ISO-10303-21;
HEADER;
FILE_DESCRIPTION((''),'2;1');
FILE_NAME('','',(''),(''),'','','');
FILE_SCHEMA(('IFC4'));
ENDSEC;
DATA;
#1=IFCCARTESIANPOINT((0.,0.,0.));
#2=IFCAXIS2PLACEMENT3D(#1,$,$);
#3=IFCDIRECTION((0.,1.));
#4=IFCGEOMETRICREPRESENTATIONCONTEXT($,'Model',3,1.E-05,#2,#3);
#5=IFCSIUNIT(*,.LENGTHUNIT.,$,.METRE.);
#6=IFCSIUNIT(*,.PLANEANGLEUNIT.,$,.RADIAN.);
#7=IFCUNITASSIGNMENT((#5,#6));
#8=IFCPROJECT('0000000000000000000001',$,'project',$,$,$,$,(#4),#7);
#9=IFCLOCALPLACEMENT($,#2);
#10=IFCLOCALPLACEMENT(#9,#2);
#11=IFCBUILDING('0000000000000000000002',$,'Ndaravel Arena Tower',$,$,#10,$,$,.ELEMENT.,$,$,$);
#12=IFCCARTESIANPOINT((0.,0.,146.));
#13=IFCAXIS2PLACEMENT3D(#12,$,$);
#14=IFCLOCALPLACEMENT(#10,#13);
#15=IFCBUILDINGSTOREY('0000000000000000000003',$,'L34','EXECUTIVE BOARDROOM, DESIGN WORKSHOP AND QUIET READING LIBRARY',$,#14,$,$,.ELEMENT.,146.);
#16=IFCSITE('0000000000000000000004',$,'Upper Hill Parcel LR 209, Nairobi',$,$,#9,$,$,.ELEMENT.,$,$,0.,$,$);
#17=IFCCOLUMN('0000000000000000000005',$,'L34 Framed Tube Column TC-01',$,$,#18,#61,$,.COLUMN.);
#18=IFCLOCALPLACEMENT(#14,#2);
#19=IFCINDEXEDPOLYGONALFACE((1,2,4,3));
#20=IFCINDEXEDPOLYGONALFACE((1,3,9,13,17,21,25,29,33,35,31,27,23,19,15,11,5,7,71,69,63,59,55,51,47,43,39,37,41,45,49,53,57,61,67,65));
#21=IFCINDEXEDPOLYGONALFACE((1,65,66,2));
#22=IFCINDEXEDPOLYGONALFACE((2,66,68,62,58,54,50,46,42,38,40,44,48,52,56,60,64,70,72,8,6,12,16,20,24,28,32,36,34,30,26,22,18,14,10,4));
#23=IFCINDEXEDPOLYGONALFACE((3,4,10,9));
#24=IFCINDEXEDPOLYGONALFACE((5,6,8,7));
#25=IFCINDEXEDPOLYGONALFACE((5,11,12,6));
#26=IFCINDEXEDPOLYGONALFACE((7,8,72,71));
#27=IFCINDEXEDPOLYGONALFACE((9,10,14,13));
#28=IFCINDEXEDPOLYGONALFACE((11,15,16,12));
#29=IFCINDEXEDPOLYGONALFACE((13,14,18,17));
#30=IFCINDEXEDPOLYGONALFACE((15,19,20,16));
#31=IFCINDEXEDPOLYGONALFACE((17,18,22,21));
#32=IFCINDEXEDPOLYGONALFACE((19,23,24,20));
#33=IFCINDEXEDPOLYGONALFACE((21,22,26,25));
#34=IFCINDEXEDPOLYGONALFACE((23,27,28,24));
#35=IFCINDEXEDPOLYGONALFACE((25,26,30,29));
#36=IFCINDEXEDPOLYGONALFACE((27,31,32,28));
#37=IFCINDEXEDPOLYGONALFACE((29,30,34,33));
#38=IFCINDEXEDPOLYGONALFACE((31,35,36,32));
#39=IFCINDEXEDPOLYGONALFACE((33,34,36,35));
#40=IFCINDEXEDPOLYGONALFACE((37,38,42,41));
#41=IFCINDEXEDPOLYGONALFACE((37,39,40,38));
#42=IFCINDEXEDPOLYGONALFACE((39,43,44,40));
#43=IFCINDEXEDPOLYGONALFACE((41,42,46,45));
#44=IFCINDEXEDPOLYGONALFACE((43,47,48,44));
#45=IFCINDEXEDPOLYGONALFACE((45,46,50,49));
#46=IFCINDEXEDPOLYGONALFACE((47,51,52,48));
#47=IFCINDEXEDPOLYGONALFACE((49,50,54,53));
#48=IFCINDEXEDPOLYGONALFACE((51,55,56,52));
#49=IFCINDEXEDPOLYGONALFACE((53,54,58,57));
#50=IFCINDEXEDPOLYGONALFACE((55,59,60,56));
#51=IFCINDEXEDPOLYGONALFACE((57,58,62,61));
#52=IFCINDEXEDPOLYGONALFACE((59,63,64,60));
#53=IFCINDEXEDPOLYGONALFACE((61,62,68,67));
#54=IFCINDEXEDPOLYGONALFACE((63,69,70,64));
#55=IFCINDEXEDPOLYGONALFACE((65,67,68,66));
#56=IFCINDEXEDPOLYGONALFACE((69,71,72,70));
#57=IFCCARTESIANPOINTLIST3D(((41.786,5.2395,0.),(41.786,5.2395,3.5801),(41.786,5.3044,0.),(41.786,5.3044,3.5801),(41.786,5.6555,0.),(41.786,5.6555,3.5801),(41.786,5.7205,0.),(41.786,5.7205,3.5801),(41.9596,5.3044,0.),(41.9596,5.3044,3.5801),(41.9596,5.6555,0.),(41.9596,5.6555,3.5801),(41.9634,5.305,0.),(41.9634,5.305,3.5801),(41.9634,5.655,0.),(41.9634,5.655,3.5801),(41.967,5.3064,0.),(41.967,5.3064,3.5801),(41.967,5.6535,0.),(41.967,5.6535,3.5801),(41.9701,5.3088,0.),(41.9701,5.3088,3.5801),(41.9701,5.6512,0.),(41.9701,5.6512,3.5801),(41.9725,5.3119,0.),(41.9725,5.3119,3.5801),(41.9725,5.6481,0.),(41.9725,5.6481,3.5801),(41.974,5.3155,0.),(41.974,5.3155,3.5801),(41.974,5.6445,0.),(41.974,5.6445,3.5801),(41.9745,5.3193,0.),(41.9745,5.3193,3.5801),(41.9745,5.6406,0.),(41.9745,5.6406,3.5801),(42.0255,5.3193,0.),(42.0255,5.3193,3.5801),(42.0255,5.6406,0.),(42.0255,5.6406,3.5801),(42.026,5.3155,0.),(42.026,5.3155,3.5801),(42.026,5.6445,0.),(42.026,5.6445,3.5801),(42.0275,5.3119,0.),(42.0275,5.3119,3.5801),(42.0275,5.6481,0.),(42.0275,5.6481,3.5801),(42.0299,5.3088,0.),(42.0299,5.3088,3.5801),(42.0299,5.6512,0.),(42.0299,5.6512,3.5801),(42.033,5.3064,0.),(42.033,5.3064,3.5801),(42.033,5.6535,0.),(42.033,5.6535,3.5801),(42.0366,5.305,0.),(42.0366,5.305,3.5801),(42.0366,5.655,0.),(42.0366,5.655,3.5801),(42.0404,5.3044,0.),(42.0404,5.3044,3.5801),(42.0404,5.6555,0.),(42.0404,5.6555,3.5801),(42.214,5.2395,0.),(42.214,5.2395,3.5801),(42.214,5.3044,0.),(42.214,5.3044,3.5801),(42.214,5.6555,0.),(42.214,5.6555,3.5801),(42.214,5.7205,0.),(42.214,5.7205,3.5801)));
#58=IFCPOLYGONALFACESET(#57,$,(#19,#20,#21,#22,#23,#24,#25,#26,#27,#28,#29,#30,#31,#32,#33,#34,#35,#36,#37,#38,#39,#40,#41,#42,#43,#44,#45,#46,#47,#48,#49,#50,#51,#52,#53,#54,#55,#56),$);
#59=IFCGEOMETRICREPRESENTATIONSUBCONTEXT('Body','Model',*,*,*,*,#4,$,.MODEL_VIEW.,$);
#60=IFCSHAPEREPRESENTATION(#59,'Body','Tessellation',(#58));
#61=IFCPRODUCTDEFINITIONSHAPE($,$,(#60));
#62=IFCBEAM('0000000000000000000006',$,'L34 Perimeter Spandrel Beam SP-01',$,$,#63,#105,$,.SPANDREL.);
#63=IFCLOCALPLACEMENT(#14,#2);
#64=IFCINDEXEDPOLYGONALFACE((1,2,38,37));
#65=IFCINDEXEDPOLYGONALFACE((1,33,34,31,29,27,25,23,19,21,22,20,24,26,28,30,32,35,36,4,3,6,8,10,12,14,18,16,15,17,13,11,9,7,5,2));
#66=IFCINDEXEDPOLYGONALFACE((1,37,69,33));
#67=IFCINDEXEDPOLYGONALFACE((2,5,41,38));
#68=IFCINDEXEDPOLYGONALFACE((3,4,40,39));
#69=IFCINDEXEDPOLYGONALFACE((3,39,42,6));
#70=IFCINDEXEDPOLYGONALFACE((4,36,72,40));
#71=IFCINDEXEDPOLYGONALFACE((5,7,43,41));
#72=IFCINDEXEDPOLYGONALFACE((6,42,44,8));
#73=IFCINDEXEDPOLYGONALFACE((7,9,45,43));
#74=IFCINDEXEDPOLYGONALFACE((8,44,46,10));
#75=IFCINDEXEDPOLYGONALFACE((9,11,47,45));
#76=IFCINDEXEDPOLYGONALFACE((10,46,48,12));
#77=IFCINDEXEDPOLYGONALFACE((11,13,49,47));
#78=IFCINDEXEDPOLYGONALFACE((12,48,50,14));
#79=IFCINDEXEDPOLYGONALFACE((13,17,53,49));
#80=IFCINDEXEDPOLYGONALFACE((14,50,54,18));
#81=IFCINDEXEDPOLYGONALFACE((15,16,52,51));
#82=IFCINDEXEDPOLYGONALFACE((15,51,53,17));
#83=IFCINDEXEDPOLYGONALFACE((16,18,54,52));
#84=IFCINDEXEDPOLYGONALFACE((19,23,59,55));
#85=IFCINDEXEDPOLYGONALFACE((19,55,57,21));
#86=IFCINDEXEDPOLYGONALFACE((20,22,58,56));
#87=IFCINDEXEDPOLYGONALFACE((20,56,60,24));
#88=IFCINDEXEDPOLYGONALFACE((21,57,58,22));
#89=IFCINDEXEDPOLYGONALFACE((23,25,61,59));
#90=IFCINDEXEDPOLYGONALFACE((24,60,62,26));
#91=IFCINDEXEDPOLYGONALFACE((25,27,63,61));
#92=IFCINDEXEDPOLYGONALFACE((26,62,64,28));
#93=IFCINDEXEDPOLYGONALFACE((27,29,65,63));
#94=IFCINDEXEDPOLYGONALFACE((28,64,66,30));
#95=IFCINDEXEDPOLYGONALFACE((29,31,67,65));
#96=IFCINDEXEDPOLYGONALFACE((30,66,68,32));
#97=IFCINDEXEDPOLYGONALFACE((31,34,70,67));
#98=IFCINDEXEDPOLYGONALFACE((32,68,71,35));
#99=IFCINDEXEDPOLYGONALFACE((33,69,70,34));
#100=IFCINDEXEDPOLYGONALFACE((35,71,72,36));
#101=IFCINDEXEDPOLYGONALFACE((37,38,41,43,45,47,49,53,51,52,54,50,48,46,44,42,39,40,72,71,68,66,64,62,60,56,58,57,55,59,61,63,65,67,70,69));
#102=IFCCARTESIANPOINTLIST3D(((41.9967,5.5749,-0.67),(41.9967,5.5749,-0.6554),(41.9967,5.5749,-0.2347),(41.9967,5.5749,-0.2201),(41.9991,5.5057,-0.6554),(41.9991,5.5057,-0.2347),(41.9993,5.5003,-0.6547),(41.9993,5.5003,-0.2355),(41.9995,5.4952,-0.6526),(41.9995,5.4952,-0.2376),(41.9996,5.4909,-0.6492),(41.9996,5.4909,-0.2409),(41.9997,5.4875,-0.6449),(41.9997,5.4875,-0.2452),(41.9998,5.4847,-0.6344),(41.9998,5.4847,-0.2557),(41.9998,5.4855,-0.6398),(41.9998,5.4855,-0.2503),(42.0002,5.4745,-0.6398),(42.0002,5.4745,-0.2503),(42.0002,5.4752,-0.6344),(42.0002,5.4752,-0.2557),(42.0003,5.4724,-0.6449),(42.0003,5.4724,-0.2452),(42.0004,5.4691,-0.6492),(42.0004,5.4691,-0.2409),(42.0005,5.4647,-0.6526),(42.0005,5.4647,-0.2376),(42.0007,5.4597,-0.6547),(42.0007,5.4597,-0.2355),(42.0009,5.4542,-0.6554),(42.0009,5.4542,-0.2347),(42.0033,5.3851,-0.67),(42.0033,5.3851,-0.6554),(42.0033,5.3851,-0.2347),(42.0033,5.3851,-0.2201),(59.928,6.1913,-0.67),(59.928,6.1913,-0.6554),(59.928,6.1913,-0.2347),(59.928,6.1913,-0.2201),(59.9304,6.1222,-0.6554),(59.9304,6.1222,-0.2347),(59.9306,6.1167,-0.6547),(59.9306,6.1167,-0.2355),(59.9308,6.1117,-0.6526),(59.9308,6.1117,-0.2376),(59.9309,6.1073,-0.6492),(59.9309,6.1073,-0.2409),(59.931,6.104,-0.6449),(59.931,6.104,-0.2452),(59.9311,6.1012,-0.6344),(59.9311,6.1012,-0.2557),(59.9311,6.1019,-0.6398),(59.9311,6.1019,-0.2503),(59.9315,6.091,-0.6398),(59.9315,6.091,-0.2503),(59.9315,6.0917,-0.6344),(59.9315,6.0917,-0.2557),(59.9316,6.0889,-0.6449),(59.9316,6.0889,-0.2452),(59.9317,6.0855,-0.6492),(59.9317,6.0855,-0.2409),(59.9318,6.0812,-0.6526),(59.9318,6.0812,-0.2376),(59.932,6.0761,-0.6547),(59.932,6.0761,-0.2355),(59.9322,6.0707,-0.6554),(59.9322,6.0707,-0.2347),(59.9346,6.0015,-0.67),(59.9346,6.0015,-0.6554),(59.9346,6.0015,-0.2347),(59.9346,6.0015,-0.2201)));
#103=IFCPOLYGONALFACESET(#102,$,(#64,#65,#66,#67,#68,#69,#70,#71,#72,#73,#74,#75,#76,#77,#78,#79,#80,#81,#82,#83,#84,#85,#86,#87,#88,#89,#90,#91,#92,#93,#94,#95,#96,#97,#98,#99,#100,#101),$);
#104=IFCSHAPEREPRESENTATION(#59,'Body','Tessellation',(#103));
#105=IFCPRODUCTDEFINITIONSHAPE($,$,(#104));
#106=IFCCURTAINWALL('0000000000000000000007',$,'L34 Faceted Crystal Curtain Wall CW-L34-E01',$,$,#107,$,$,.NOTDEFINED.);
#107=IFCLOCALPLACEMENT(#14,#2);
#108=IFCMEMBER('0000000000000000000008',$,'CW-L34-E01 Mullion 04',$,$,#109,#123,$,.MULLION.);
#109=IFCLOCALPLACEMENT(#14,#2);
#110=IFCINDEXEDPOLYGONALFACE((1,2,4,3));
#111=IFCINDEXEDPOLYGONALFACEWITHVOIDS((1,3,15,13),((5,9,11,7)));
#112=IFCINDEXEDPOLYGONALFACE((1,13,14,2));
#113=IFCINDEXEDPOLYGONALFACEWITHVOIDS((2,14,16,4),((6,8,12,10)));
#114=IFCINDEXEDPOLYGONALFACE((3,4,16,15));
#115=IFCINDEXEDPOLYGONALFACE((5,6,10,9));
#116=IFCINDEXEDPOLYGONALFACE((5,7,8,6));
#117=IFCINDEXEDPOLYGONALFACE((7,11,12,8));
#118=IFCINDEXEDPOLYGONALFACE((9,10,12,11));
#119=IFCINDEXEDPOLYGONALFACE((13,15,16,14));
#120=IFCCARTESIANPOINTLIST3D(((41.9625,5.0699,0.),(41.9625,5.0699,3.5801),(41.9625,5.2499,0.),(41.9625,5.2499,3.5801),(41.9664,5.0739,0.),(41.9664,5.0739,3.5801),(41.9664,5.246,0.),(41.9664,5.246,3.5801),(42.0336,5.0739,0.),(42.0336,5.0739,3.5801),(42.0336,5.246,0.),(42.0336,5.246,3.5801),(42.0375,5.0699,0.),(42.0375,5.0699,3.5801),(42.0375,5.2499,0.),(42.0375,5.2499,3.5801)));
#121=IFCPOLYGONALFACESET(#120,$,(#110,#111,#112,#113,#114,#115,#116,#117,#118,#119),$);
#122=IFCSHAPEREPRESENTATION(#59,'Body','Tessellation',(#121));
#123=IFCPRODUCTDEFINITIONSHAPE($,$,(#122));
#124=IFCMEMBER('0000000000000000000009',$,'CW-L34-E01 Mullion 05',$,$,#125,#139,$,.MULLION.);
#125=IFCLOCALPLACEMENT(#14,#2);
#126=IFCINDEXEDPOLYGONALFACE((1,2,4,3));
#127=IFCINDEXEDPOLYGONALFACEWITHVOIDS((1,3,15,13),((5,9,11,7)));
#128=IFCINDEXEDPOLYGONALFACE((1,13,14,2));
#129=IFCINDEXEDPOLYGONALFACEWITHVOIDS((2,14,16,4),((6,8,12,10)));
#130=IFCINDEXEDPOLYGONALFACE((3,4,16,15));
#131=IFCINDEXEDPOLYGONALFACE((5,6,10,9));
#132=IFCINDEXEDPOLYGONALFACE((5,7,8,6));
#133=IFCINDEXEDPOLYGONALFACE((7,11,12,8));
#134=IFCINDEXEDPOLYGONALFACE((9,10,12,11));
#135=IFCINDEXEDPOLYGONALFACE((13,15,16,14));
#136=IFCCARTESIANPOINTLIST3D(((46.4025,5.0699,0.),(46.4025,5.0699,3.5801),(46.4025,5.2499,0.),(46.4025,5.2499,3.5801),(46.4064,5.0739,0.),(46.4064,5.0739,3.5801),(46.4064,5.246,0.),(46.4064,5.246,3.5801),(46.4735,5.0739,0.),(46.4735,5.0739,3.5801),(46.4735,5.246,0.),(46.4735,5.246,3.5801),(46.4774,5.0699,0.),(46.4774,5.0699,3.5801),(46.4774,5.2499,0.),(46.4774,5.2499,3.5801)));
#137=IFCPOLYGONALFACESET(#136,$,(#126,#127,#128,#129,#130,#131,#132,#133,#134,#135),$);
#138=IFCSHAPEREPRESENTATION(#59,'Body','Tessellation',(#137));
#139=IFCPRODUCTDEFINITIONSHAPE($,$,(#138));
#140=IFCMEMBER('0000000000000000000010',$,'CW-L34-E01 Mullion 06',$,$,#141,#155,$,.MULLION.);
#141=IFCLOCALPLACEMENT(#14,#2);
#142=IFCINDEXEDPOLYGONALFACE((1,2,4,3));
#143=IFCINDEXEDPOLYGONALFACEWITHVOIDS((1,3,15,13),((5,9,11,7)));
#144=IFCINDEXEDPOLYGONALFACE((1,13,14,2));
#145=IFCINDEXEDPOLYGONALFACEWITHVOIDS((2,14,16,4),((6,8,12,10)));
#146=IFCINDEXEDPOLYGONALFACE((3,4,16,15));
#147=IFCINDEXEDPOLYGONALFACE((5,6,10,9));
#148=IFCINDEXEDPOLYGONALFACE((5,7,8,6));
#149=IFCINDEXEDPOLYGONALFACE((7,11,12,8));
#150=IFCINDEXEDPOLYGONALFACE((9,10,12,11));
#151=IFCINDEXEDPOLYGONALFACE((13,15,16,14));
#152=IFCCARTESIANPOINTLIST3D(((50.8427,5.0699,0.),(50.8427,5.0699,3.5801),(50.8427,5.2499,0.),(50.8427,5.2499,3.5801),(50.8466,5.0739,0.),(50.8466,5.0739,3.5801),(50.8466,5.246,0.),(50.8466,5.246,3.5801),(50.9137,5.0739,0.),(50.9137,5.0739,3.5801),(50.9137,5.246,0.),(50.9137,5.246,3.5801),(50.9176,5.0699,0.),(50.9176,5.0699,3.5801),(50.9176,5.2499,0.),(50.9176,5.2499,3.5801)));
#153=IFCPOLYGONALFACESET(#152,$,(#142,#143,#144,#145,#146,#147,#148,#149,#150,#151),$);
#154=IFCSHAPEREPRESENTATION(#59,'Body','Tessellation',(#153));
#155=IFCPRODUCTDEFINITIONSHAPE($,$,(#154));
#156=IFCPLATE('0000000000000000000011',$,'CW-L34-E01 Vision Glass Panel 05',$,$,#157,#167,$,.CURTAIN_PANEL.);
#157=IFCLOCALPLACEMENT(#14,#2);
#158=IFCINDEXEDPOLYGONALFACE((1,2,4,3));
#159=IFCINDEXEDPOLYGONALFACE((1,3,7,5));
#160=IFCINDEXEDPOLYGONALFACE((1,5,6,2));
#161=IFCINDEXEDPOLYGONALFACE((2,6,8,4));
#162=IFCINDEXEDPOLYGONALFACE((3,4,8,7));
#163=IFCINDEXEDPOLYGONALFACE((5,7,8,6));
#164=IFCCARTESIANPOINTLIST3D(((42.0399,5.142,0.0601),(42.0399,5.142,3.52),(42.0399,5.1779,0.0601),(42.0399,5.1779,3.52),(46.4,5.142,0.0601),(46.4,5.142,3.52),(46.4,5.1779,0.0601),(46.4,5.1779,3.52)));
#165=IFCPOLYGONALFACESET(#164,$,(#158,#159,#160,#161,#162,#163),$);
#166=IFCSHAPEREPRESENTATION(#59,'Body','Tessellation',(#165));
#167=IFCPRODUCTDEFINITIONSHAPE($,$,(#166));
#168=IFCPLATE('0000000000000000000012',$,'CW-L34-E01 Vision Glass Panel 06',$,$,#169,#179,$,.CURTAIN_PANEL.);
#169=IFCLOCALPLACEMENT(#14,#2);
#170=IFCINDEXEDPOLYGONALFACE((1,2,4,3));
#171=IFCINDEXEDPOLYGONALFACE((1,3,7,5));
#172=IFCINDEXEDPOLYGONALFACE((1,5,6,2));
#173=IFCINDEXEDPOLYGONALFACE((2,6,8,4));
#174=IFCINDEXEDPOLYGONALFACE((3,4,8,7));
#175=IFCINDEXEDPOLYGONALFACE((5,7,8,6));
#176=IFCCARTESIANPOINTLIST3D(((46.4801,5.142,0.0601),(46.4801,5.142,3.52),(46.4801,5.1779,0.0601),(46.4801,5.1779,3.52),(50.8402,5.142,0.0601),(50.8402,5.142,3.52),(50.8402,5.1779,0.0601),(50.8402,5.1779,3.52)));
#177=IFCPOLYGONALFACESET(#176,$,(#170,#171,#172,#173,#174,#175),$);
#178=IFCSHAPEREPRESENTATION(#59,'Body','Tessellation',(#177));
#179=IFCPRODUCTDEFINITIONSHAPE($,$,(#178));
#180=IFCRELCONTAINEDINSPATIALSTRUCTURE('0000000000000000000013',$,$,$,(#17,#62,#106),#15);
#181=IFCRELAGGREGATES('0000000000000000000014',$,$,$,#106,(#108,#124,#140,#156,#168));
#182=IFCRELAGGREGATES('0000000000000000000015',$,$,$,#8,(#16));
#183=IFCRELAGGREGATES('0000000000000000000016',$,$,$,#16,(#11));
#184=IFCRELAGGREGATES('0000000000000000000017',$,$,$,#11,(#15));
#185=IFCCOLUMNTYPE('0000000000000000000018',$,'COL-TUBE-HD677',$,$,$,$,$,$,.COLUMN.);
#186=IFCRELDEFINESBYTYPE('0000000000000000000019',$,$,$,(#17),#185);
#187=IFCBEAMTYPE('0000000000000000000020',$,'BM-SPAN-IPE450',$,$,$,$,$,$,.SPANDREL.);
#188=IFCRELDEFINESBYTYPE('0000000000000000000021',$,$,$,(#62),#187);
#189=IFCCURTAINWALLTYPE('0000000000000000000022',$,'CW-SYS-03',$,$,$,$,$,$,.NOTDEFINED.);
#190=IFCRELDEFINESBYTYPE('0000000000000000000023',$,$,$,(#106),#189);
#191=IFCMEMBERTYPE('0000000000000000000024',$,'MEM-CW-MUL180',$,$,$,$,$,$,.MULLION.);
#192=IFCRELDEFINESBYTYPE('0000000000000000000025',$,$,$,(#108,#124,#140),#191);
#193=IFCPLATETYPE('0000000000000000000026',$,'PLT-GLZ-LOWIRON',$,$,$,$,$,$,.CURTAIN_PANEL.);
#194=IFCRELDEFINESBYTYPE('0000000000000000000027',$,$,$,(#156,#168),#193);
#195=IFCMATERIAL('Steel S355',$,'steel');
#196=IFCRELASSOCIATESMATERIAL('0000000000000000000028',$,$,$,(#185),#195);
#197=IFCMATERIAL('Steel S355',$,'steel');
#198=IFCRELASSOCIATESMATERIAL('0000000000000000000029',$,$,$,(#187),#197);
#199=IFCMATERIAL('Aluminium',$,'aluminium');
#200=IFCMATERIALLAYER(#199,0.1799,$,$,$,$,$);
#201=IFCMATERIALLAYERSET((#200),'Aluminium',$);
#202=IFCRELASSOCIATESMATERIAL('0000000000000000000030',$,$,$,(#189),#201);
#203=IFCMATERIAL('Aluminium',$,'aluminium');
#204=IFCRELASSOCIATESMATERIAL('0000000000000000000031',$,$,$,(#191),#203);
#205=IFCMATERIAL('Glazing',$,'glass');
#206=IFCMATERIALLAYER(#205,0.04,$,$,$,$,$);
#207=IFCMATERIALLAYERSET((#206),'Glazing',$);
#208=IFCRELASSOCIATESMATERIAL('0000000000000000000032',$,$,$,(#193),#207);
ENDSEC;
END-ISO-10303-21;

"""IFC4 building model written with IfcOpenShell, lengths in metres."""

from ifc_helpers import new_model, si_unit, direction, frame, origin, origin_2d, place, context, subcontext, project, spatial, rectangle, hollow_rectangle, i_section, extrude, material, layer, layer_set, material_profile, profile_set, type_object, element, aggregate, save


model = new_model("IFC4")

# Units and contexts
model_context = context("Model", 3, precision=1e-05, world=origin(), true_north=direction((0.0, 1.0)))
body_context = subcontext(model_context, "Body", "Model", "MODEL_VIEW")
ifc_project = project(units=[si_unit("LENGTHUNIT", "METRE"), si_unit("PLANEANGLEUNIT", "RADIAN")], contexts=[model_context])

# Site, building, storey
site_placement = place(None, origin())
site = spatial("IfcSite", under=ifc_project, at=site_placement, Name="Upper Hill Parcel LR 209, Nairobi", CompositionType="ELEMENT", RefElevation=0.0)
building_placement = place(site_placement, origin())
building = spatial("IfcBuilding", under=site, at=building_placement, Name="Ndaravel Arena Tower", CompositionType="ELEMENT")
storey_placement = place(building_placement, frame((0.0, 0.0, 146.0)))
storey = spatial("IfcBuildingStorey", under=building, at=storey_placement, Name="L34", Description="EXECUTIVE BOARDROOM, DESIGN WORKSHOP AND QUIET READING LIBRARY", CompositionType="ELEMENT", Elevation=146.0)

# Column
ifc_material_1 = material(Name="Steel S355", Category="steel")
ifc_material_profile_1 = material_profile(ifc_material_1, i_section(OverallWidth=0.428, OverallDepth=0.481, WebThickness=0.051, FlangeThickness=0.0649, FilletRadius=0.0149, at=origin_2d()), Name="HD 400x677")
ifc_profile_set_1 = profile_set([ifc_material_profile_1], Name="Steel S355")
column_type = type_object("IfcColumnType", Name="COL-TUBE-HD677", PredefinedType="COLUMN", material=ifc_profile_set_1)
column_placement = place(storey_placement, frame((42.0, 5.48, 0.0), z_axis=(0.0, 0.0, 1.0), x_axis=(1.0, 0.0, 0.0)))
element("IfcColumn", 1, at=column_placement, inside=storey, type_object=column_type, Name="L34 Framed Tube Column TC-01", PredefinedType="COLUMN", context=body_context, shape_type="SweptSolid", body=[
    extrude(i_section(OverallWidth=0.428, OverallDepth=0.481, WebThickness=0.051, FlangeThickness=0.0649, FilletRadius=0.0149, at=origin_2d()), origin(), (0.0, 0.0, 1.0), 3.5801),
])

# Beam
ifc_material_2 = material(Name="Steel S355", Category="steel")
ifc_material_profile_2 = material_profile(ifc_material_2, i_section(OverallWidth=0.1899, OverallDepth=0.45, WebThickness=0.0095, FlangeThickness=0.0146, FilletRadius=0.021, at=origin_2d()), Name="IPE 450")
ifc_profile_set_2 = profile_set([ifc_material_profile_2], Name="Steel S355")
beam_type = type_object("IfcBeamType", Name="BM-SPAN-IPE450", PredefinedType="SPANDREL", material=ifc_profile_set_2)
beam_placement = place(storey_placement, frame((42.0, 5.48, -0.4451), z_axis=(0.99941, 0.034358, 0.0), x_axis=(-0.034358, 0.99941, 0.0)))
element("IfcBeam", 2, at=beam_placement, inside=storey, type_object=beam_type, Name="L34 Perimeter Spandrel Beam SP-01", PredefinedType="SPANDREL", context=body_context, shape_type="SweptSolid", body=[
    extrude(i_section(OverallWidth=0.1899, OverallDepth=0.45, WebThickness=0.0095, FlangeThickness=0.0146, FilletRadius=0.021, at=origin_2d()), origin(), (0.0, 0.0, 1.0), 17.9419),
])

# Curtain wall, members, plates
ifc_material_3 = material(Name="Aluminium", Category="aluminium")
ifc_layer_1 = layer(ifc_material_3, 0.1799)
ifc_layer_set_1 = layer_set([ifc_layer_1], Name="Aluminium")
curtain_wall_type = type_object("IfcCurtainWallType", Name="CW-SYS-03", PredefinedType="NOTDEFINED", material=ifc_layer_set_1)
curtain_wall_placement = place(storey_placement, origin())
curtain_wall = element("IfcCurtainWall", 3, at=curtain_wall_placement, inside=storey, type_object=curtain_wall_type, Name="L34 Faceted Crystal Curtain Wall CW-L34-E01", PredefinedType="NOTDEFINED")
ifc_material_4 = material(Name="Aluminium", Category="aluminium")
ifc_material_profile_3 = material_profile(ifc_material_4, hollow_rectangle(XDim=0.075, YDim=0.1799, WallThickness=0.0039, at=origin_2d()), Name="CW MULLION 75x180x4")
ifc_profile_set_3 = profile_set([ifc_material_profile_3], Name="Aluminium")
member_type = type_object("IfcMemberType", Name="MEM-CW-MUL180", PredefinedType="MULLION", material=ifc_profile_set_3)
member_1_placement = place(storey_placement, frame((42.0, 5.1599, 0.0), z_axis=(0.0, 0.0, 1.0), x_axis=(1.0, 0.0, 0.0)))
member_1 = element("IfcMember", 4, at=member_1_placement, type_object=member_type, Name="CW-L34-E01 Mullion 04", PredefinedType="MULLION", context=body_context, shape_type="SweptSolid", body=[
    extrude(hollow_rectangle(XDim=0.075, YDim=0.1799, WallThickness=0.0039, at=origin_2d()), origin(), (0.0, 0.0, 1.0), 3.5801),
])
member_2_placement = place(storey_placement, frame((46.4399, 5.1599, 0.0), z_axis=(0.0, 0.0, 1.0), x_axis=(1.0, 0.0, 0.0)))
member_2 = element("IfcMember", 5, at=member_2_placement, type_object=member_type, Name="CW-L34-E01 Mullion 05", PredefinedType="MULLION", context=body_context, shape_type="SweptSolid", body=[
    extrude(hollow_rectangle(XDim=0.075, YDim=0.1799, WallThickness=0.0039, at=origin_2d()), origin(), (0.0, 0.0, 1.0), 3.5801),
])
member_3_placement = place(storey_placement, frame((50.8801, 5.1599, 0.0), z_axis=(0.0, 0.0, 1.0), x_axis=(1.0, 0.0, 0.0)))
member_3 = element("IfcMember", 6, at=member_3_placement, type_object=member_type, Name="CW-L34-E01 Mullion 06", PredefinedType="MULLION", context=body_context, shape_type="SweptSolid", body=[
    extrude(hollow_rectangle(XDim=0.075, YDim=0.1799, WallThickness=0.0039, at=origin_2d()), origin(), (0.0, 0.0, 1.0), 3.5801),
])
ifc_material_5 = material(Name="Glazing", Category="glass")
ifc_layer_2 = layer(ifc_material_5, 0.04)
ifc_layer_set_2 = layer_set([ifc_layer_2], Name="Glazing")
plate_type = type_object("IfcPlateType", Name="PLT-GLZ-LOWIRON", PredefinedType="CURTAIN_PANEL", material=ifc_layer_set_2)
plate_1_placement = place(storey_placement, frame((44.22, 5.1599, 0.0601), z_axis=(0.0, 0.0, 1.0), x_axis=(1.0, 0.0, 0.0)))
plate_1 = element("IfcPlate", 7, at=plate_1_placement, type_object=plate_type, Name="CW-L34-E01 Vision Glass Panel 05", PredefinedType="CURTAIN_PANEL", context=body_context, shape_type="SweptSolid", body=[
    extrude(rectangle(XDim=4.3601, YDim=0.0359, at=origin_2d()), origin(), (0.0, 0.0, 1.0), 3.46),
])
plate_2_placement = place(storey_placement, frame((48.6602, 5.1599, 0.0601), z_axis=(0.0, 0.0, 1.0), x_axis=(1.0, 0.0, 0.0)))
plate_2 = element("IfcPlate", 8, at=plate_2_placement, type_object=plate_type, Name="CW-L34-E01 Vision Glass Panel 06", PredefinedType="CURTAIN_PANEL", context=body_context, shape_type="SweptSolid", body=[
    extrude(rectangle(XDim=4.3601, YDim=0.0359, at=origin_2d()), origin(), (0.0, 0.0, 1.0), 3.46),
])
aggregate(curtain_wall, [member_1, member_2, member_3, plate_1, plate_2])

save(model, "model.ifc")
